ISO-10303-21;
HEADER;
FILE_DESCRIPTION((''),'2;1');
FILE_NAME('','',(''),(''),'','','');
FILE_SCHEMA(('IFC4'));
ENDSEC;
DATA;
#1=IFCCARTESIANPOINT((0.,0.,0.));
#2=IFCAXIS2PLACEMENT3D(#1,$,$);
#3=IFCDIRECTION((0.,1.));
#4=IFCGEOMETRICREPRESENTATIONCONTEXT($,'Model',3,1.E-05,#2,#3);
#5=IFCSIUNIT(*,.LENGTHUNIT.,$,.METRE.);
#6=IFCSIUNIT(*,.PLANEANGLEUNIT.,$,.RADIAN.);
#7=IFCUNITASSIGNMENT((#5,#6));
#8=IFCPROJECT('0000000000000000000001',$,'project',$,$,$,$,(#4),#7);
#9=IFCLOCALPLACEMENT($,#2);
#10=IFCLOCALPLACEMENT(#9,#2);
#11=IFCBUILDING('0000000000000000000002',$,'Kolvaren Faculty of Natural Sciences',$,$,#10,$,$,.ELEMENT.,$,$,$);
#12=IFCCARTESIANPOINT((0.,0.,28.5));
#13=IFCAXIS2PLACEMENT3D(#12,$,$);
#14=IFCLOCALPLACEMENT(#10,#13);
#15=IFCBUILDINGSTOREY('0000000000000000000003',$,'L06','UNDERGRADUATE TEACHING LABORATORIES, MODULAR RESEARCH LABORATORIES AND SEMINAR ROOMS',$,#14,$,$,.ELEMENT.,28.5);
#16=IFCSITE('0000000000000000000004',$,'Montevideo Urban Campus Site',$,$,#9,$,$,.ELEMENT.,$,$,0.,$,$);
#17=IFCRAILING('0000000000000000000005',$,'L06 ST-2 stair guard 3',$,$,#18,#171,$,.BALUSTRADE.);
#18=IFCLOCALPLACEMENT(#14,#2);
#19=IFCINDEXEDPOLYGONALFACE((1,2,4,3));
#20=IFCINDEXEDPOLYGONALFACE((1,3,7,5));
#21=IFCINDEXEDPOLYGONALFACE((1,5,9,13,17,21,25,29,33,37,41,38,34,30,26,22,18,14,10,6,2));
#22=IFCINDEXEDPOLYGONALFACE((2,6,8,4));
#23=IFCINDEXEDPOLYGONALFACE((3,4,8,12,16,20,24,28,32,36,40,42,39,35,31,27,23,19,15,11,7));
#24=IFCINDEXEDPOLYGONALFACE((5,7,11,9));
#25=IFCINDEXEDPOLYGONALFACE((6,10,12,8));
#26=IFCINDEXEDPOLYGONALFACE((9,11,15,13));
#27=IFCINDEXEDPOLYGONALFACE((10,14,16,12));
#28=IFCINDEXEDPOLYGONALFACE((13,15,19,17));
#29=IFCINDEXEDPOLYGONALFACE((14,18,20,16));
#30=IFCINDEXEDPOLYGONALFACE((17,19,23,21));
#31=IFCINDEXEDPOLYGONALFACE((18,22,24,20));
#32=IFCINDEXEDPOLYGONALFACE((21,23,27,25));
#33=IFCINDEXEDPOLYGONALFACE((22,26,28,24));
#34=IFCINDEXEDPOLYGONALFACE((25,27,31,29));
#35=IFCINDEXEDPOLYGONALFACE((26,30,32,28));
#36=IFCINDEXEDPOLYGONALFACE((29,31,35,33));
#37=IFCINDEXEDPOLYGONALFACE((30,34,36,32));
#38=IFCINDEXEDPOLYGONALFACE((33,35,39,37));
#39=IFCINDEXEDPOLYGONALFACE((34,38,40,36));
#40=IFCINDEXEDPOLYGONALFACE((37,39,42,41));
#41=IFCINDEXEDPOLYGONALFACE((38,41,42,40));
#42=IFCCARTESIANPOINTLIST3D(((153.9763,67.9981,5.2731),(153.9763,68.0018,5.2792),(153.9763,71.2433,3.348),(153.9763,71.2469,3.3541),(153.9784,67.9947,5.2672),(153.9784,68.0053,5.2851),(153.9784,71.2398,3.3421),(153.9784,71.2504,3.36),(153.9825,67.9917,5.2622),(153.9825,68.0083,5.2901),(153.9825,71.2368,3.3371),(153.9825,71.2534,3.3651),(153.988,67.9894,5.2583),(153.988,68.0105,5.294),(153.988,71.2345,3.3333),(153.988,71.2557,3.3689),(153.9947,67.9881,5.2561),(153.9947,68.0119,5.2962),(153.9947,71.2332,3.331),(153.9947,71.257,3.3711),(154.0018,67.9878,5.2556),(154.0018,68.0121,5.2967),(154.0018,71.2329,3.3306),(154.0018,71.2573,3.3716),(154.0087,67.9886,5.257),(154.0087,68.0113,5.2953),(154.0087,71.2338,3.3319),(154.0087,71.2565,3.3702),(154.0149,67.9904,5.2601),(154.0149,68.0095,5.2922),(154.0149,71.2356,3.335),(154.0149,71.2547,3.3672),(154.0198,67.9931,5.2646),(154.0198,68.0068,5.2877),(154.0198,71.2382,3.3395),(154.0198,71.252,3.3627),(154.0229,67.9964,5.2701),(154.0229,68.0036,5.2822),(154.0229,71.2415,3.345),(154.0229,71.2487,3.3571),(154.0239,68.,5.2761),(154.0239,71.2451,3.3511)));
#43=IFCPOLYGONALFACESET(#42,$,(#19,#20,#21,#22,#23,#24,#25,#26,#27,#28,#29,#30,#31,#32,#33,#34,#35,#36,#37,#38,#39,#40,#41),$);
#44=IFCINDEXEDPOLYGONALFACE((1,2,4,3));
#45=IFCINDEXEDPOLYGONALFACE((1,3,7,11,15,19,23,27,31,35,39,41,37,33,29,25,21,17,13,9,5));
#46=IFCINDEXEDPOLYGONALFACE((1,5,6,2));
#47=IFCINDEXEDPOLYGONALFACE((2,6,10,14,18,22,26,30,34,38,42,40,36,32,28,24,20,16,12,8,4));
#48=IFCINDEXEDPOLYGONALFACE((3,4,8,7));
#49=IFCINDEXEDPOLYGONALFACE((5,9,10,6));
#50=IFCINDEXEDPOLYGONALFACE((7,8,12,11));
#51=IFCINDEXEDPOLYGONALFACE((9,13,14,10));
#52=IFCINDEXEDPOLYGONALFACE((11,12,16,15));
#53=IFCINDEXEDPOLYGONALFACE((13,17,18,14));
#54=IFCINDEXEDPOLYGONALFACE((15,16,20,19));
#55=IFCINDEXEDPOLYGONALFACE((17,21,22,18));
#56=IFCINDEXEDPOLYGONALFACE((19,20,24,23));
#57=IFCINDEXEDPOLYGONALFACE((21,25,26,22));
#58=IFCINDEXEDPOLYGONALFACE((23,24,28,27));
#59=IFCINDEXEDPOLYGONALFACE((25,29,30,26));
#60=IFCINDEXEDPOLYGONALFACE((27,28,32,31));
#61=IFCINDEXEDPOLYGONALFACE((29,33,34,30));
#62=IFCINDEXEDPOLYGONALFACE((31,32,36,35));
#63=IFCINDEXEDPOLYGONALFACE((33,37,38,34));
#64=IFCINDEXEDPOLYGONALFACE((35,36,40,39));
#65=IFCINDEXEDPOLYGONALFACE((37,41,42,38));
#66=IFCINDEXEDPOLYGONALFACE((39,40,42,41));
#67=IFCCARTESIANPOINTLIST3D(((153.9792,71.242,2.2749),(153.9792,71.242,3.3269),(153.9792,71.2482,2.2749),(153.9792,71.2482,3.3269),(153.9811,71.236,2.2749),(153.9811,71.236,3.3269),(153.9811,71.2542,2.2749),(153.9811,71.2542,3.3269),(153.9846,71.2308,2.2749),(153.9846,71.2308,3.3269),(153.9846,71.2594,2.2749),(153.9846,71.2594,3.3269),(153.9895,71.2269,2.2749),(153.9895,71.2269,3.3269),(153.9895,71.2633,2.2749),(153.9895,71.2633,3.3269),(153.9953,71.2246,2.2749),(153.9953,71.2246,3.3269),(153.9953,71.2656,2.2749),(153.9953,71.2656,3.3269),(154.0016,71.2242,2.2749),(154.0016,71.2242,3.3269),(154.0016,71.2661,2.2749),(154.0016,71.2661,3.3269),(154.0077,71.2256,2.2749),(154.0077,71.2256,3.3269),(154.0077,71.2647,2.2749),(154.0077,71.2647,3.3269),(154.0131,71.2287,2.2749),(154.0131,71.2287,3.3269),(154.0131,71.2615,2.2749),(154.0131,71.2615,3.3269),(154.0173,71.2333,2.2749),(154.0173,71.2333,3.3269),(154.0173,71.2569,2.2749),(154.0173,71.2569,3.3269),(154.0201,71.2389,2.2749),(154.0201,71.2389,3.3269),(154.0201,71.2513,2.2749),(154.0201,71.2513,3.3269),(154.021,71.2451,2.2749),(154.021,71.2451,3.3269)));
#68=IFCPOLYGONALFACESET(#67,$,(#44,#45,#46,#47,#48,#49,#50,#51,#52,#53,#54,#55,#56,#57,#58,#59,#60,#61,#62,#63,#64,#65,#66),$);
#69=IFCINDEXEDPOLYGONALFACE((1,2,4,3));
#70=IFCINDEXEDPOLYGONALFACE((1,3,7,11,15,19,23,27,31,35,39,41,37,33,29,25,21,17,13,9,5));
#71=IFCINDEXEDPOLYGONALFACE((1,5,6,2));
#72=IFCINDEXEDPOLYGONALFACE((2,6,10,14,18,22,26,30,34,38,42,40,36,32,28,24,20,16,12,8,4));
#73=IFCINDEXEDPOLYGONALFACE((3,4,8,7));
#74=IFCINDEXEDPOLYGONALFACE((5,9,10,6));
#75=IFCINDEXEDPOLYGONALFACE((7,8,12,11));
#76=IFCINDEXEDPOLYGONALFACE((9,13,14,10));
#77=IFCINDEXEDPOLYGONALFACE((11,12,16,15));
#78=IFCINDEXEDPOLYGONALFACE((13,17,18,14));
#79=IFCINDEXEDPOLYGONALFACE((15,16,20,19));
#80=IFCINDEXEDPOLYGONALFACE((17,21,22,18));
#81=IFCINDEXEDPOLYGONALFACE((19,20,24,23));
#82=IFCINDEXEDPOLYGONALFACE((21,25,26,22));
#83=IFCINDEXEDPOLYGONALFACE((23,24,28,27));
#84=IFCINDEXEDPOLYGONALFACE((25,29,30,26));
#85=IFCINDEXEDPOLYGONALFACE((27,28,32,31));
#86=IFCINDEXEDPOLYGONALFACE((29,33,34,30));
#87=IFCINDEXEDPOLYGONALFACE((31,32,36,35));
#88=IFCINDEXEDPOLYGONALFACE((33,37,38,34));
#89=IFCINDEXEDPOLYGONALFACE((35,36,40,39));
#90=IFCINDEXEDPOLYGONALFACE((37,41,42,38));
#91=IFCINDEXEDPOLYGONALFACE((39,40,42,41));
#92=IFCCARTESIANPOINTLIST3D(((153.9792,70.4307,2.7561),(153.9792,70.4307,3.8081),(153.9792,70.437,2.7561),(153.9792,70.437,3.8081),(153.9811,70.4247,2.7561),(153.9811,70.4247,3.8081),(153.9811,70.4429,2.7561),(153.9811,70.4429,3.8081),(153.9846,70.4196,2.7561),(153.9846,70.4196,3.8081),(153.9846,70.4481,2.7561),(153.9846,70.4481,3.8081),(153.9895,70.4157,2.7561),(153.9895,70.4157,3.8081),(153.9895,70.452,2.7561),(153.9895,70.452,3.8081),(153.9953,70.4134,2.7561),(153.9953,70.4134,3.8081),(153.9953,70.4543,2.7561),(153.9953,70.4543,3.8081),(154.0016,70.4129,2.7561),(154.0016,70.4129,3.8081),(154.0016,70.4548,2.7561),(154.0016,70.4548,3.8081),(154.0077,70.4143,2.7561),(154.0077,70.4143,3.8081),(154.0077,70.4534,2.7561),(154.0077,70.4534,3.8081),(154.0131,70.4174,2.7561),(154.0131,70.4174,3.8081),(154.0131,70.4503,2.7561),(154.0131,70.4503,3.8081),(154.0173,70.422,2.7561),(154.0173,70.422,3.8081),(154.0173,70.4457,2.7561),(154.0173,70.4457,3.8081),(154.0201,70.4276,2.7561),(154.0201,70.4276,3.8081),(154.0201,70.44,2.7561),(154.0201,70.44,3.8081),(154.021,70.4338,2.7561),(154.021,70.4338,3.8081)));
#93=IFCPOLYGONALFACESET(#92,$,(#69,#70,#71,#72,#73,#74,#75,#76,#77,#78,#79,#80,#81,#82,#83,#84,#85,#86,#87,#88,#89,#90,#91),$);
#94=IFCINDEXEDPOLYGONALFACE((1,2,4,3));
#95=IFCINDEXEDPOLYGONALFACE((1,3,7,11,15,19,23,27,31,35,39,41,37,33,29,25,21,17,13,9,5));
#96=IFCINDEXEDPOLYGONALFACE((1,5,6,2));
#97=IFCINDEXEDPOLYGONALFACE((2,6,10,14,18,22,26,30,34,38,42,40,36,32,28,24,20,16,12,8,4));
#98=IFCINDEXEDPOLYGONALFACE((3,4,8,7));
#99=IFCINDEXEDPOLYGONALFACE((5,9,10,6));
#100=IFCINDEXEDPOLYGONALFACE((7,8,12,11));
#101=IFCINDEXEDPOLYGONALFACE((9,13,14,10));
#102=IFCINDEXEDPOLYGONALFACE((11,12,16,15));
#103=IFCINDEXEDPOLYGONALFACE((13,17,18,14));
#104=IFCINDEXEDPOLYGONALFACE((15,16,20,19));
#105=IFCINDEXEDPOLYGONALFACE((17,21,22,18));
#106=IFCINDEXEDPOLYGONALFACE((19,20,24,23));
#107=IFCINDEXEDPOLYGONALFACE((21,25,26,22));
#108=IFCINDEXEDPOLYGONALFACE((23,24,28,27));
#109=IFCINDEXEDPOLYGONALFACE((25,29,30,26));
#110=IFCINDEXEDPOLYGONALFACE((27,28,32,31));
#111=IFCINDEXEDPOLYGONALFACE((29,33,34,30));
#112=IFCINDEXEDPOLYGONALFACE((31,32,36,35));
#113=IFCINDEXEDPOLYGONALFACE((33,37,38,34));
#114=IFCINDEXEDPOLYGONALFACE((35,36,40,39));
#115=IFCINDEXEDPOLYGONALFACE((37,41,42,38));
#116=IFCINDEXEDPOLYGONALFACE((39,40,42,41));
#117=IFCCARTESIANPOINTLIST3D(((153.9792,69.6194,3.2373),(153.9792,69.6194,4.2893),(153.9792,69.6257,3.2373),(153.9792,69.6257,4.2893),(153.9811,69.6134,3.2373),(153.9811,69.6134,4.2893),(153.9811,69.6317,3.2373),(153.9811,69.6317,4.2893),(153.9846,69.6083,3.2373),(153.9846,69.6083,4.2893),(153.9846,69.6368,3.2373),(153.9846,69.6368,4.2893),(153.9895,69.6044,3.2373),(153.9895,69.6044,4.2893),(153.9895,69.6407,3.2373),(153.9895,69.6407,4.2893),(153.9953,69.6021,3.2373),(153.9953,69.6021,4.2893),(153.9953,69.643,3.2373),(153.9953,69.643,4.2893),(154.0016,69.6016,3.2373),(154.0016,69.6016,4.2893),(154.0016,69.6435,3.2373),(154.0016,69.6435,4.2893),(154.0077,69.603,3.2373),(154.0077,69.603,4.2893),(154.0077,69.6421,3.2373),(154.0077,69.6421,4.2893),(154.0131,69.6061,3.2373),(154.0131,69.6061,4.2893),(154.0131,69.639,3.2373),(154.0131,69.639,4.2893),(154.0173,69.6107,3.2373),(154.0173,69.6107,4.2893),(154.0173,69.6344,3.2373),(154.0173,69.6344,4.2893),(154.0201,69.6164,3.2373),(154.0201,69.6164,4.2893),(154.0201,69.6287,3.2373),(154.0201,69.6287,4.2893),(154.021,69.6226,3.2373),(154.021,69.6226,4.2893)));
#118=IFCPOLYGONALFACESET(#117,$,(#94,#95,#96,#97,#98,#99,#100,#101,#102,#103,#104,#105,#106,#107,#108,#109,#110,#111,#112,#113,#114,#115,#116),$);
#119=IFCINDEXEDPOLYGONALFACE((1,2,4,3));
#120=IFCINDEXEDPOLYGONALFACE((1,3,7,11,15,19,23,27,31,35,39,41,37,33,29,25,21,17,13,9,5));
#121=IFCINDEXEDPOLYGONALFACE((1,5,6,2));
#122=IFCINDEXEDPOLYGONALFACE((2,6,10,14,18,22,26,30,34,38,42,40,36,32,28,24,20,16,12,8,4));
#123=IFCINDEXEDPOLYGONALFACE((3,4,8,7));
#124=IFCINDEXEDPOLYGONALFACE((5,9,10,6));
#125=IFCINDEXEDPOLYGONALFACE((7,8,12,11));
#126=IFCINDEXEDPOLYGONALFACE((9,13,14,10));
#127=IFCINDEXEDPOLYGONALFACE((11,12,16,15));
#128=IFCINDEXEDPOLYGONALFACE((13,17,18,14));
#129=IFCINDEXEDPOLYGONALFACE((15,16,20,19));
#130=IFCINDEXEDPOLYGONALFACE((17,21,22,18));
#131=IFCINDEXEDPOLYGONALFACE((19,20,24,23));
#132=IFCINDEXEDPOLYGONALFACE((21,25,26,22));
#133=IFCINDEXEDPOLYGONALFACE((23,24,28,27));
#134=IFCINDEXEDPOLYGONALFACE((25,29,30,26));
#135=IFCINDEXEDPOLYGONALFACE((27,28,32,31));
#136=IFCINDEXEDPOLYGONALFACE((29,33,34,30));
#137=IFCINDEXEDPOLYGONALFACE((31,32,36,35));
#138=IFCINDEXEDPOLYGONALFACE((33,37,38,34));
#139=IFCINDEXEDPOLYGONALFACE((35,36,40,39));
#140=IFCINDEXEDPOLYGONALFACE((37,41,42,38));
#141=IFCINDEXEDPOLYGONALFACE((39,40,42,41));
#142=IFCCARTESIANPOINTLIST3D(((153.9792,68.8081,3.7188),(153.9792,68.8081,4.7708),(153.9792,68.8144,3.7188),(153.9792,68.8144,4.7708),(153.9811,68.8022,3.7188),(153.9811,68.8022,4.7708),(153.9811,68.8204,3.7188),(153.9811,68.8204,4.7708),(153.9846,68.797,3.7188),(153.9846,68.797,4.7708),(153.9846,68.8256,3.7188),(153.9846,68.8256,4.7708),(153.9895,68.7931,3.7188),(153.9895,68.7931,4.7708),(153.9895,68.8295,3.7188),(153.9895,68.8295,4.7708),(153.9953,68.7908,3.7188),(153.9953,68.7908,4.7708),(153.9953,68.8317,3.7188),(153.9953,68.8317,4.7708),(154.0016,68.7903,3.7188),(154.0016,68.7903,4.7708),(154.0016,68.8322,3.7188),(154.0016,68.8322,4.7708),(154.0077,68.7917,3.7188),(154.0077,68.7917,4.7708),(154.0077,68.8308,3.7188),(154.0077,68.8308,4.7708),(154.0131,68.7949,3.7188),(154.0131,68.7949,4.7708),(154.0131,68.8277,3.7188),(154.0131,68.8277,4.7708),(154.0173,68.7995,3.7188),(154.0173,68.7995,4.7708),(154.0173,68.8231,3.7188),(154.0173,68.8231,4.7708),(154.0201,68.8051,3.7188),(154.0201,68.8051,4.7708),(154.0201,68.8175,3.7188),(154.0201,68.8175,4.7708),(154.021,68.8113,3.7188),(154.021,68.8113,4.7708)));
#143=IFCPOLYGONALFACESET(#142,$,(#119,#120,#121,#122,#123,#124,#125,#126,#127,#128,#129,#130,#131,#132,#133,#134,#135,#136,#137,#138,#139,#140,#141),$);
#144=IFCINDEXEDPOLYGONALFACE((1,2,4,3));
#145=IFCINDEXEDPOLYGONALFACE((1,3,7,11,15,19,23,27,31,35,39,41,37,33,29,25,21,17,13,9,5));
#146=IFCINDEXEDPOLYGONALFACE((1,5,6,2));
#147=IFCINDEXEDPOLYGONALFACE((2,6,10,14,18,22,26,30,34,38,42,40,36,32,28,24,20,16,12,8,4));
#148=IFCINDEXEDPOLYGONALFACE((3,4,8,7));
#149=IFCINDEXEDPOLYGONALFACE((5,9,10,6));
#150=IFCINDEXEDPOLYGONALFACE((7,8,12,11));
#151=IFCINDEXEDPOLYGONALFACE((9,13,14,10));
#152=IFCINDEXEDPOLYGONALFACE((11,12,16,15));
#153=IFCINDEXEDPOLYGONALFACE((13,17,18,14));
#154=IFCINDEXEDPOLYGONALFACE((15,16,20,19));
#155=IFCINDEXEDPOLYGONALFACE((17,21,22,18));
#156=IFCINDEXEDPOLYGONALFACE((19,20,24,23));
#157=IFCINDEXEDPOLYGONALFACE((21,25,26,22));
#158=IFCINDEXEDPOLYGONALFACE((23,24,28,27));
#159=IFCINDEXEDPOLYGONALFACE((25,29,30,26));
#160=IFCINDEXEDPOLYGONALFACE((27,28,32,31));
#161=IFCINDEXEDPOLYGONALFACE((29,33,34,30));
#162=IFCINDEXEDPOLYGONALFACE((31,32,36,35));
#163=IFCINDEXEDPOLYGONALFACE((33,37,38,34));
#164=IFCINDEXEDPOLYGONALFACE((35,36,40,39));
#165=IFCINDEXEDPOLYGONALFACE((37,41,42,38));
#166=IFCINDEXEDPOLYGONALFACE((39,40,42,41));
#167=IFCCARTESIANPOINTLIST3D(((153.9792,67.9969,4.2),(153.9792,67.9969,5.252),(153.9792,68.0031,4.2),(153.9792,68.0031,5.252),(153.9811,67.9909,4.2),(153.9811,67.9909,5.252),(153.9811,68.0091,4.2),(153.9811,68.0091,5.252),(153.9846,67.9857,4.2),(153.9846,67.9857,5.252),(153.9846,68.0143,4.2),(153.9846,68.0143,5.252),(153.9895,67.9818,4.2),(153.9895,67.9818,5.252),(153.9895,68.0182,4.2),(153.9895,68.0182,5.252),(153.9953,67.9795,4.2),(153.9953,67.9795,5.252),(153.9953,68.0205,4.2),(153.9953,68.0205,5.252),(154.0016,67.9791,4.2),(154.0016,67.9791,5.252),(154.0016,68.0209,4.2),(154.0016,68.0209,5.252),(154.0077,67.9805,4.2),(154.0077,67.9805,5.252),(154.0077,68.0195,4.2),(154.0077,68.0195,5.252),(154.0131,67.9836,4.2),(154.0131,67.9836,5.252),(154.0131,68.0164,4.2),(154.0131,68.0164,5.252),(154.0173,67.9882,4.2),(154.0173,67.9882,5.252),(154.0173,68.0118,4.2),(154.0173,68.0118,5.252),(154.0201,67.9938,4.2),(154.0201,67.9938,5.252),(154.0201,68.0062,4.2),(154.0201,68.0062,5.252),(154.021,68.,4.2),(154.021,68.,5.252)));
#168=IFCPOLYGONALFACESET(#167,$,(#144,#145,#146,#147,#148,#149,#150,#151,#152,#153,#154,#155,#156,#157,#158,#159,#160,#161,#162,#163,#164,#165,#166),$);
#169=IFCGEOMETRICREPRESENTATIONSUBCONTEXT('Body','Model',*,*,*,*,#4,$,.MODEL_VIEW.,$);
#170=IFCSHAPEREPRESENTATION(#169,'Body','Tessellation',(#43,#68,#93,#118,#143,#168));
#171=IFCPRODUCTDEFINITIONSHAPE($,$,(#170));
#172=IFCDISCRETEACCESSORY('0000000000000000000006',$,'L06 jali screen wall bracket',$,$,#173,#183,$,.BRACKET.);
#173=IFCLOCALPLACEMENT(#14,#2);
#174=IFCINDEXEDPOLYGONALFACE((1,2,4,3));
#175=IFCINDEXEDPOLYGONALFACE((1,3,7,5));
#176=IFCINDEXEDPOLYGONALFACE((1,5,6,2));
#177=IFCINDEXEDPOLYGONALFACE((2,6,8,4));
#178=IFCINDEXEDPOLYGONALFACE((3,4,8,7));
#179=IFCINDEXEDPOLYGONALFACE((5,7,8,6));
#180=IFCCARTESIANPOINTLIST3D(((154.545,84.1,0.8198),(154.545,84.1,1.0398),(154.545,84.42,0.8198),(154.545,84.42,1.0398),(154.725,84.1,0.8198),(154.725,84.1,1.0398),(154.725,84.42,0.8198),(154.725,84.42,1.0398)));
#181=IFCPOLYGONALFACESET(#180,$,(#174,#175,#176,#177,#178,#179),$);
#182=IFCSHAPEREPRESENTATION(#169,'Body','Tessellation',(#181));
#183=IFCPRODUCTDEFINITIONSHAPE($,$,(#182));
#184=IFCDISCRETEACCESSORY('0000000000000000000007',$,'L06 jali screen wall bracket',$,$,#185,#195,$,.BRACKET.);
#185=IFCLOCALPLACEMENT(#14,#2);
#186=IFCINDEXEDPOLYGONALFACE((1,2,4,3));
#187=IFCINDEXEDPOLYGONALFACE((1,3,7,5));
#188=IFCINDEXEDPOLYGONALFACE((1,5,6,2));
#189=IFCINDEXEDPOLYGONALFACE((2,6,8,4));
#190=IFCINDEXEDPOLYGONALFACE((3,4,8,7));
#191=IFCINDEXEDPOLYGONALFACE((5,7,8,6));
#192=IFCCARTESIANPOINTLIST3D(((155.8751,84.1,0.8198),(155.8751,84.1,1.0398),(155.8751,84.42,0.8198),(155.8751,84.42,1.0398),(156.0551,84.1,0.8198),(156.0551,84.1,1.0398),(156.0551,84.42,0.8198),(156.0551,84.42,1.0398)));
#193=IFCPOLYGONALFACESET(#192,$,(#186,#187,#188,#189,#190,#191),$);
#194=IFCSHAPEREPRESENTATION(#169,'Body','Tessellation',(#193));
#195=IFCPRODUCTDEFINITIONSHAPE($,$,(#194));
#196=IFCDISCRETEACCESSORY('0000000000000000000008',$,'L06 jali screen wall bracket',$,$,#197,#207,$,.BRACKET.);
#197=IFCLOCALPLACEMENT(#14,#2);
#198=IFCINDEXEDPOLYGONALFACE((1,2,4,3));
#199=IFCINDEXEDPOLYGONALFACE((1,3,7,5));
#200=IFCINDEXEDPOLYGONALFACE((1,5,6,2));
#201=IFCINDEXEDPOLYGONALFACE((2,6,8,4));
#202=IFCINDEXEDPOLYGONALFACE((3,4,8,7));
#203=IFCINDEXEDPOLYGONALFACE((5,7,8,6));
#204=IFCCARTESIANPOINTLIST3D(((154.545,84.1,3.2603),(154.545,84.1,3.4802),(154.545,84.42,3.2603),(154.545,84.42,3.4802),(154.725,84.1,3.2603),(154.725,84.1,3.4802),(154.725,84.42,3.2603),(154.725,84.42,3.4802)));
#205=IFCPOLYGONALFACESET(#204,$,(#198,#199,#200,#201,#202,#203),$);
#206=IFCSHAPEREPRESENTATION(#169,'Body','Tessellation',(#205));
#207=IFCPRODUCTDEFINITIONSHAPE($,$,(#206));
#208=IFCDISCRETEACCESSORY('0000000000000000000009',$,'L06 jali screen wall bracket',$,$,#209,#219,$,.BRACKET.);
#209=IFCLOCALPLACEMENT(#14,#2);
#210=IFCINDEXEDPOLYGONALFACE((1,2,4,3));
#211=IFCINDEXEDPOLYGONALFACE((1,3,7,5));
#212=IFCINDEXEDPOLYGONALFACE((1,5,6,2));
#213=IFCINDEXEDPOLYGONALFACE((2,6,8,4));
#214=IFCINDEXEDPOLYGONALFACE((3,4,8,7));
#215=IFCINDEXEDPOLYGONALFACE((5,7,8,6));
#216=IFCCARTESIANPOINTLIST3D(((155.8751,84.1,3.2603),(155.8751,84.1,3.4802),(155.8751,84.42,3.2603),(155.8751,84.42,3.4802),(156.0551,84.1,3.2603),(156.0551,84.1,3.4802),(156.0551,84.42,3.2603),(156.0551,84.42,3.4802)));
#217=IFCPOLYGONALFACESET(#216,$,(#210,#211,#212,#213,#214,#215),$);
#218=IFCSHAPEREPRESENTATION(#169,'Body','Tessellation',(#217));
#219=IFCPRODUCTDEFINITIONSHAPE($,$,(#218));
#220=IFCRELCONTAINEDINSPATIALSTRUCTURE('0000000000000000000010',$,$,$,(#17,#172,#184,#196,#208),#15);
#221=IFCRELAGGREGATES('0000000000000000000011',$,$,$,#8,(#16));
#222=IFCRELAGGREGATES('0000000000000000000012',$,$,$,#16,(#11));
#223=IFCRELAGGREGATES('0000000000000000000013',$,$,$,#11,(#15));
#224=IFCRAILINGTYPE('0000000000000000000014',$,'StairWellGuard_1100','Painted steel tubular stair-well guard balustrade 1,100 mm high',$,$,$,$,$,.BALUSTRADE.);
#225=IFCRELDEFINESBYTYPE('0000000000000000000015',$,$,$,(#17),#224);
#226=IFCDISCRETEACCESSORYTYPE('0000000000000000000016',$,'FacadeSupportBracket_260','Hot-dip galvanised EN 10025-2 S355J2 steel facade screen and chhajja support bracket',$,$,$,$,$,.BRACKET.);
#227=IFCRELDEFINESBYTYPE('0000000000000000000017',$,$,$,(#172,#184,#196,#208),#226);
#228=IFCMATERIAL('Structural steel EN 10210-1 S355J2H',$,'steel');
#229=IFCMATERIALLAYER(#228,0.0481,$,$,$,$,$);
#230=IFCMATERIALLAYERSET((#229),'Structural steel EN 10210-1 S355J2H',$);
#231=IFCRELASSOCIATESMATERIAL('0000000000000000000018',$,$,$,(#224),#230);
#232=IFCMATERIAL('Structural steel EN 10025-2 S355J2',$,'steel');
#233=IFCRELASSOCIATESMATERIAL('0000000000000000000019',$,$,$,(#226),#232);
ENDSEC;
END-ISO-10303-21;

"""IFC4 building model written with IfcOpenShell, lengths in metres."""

from ifc_helpers import new_model, si_unit, direction, frame, origin, origin_2d, place, context, subcontext, project, spatial, rectangle, circle, extrude, material, layer, layer_set, type_object, element, save


model = new_model("IFC4")

# Units and contexts
model_context = context("Model", 3, precision=1e-05, world=origin(), true_north=direction((0.0, 1.0)))
body_context = subcontext(model_context, "Body", "Model", "MODEL_VIEW")
ifc_project = project(units=[si_unit("LENGTHUNIT", "METRE"), si_unit("PLANEANGLEUNIT", "RADIAN")], contexts=[model_context])

# Site, building, storey
site_placement = place(None, origin())
site = spatial("IfcSite", under=ifc_project, at=site_placement, Name="Montevideo Urban Campus Site", CompositionType="ELEMENT", RefElevation=0.0)
building_placement = place(site_placement, origin())
building = spatial("IfcBuilding", under=site, at=building_placement, Name="Kolvaren Faculty of Natural Sciences", CompositionType="ELEMENT")
storey_placement = place(building_placement, frame((0.0, 0.0, 28.5)))
storey = spatial("IfcBuildingStorey", under=building, at=storey_placement, Name="L06", Description="UNDERGRADUATE TEACHING LABORATORIES, MODULAR RESEARCH LABORATORIES AND SEMINAR ROOMS", CompositionType="ELEMENT", Elevation=28.5)

# Railing
ifc_material_1 = material(Name="Structural steel EN 10210-1 S355J2H", Category="steel")
ifc_layer_1 = layer(ifc_material_1, 0.0481)
ifc_layer_set_1 = layer_set([ifc_layer_1], Name="Structural steel EN 10210-1 S355J2H")
railing_type_1 = type_object("IfcRailingType", Name="StairWellGuard_1100", Description="Painted steel tubular stair-well guard balustrade 1,100 mm high", PredefinedType="BALUSTRADE", material=ifc_layer_set_1)
railing_1_placement = place(storey_placement, frame((154.0, 71.2451, 2.2749)))
element("IfcRailing", 1, at=railing_1_placement, inside=storey, type_object=railing_type_1, Name="L06 ST-2 stair guard 3", PredefinedType="BALUSTRADE", context=body_context, shape_type="SweptSolid", body=[
    extrude(circle(Radius=0.0239, at=origin_2d()), frame((0.0, 0.0, 1.0762), z_axis=(0.0, -0.860057, 0.510198), x_axis=(1.0, 0.0, 0.0)), (0.0, 0.0, 1.0), 3.7732),
    extrude(circle(Radius=0.021, at=origin_2d()), origin(), (0.0, 0.0, 1.0), 1.052),
    extrude(circle(Radius=0.021, at=origin_2d()), frame((0.0, -0.8113, 0.4812)), (0.0, 0.0, 1.0), 1.052),
    extrude(circle(Radius=0.021, at=origin_2d()), frame((0.0, -1.6226, 0.9624)), (0.0, 0.0, 1.0), 1.052),
    extrude(circle(Radius=0.021, at=origin_2d()), frame((0.0, -2.4338, 1.4438)), (0.0, 0.0, 1.0), 1.052),
    extrude(circle(Radius=0.021, at=origin_2d()), frame((0.0, -3.2451, 1.925)), (0.0, 0.0, 1.0), 1.052),
])

# Discrete accessories
ifc_material_2 = material(Name="Structural steel EN 10025-2 S355J2", Category="steel")
discrete_accessory_type = type_object("IfcDiscreteAccessoryType", Name="FacadeSupportBracket_260", Description="Hot-dip galvanised EN 10025-2 S355J2 steel facade screen and chhajja support bracket", PredefinedType="BRACKET", material=ifc_material_2)
for number, where, z_axis, x_axis, name in (
    (2, (154.635, 84.26, 0.8198), (0.0, 0.0, 1.0), (1.0, 0.0, 0.0), "L06 jali screen wall bracket"),
    (3, (155.9651, 84.26, 0.8198), (0.0, 0.0, 1.0), (1.0, 0.0, 0.0), "L06 jali screen wall bracket"),
    (4, (154.635, 84.26, 3.2603), (0.0, 0.0, 1.0), (1.0, 0.0, 0.0), "L06 jali screen wall bracket"),
    (5, (155.9651, 84.26, 3.2603), (0.0, 0.0, 1.0), (1.0, 0.0, 0.0), "L06 jali screen wall bracket"),
):
    element("IfcDiscreteAccessory", number, at=place(storey_placement, frame(where, z_axis=z_axis, x_axis=x_axis)), inside=storey, type_object=discrete_accessory_type, Name=name, PredefinedType="BRACKET", context=body_context, shape_type="SweptSolid", body=[
        extrude(rectangle(XDim=0.1799, YDim=0.3201, at=origin_2d()), origin(), (0.0, 0.0, 1.0), 0.22),
    ])

save(model, "model.ifc")
